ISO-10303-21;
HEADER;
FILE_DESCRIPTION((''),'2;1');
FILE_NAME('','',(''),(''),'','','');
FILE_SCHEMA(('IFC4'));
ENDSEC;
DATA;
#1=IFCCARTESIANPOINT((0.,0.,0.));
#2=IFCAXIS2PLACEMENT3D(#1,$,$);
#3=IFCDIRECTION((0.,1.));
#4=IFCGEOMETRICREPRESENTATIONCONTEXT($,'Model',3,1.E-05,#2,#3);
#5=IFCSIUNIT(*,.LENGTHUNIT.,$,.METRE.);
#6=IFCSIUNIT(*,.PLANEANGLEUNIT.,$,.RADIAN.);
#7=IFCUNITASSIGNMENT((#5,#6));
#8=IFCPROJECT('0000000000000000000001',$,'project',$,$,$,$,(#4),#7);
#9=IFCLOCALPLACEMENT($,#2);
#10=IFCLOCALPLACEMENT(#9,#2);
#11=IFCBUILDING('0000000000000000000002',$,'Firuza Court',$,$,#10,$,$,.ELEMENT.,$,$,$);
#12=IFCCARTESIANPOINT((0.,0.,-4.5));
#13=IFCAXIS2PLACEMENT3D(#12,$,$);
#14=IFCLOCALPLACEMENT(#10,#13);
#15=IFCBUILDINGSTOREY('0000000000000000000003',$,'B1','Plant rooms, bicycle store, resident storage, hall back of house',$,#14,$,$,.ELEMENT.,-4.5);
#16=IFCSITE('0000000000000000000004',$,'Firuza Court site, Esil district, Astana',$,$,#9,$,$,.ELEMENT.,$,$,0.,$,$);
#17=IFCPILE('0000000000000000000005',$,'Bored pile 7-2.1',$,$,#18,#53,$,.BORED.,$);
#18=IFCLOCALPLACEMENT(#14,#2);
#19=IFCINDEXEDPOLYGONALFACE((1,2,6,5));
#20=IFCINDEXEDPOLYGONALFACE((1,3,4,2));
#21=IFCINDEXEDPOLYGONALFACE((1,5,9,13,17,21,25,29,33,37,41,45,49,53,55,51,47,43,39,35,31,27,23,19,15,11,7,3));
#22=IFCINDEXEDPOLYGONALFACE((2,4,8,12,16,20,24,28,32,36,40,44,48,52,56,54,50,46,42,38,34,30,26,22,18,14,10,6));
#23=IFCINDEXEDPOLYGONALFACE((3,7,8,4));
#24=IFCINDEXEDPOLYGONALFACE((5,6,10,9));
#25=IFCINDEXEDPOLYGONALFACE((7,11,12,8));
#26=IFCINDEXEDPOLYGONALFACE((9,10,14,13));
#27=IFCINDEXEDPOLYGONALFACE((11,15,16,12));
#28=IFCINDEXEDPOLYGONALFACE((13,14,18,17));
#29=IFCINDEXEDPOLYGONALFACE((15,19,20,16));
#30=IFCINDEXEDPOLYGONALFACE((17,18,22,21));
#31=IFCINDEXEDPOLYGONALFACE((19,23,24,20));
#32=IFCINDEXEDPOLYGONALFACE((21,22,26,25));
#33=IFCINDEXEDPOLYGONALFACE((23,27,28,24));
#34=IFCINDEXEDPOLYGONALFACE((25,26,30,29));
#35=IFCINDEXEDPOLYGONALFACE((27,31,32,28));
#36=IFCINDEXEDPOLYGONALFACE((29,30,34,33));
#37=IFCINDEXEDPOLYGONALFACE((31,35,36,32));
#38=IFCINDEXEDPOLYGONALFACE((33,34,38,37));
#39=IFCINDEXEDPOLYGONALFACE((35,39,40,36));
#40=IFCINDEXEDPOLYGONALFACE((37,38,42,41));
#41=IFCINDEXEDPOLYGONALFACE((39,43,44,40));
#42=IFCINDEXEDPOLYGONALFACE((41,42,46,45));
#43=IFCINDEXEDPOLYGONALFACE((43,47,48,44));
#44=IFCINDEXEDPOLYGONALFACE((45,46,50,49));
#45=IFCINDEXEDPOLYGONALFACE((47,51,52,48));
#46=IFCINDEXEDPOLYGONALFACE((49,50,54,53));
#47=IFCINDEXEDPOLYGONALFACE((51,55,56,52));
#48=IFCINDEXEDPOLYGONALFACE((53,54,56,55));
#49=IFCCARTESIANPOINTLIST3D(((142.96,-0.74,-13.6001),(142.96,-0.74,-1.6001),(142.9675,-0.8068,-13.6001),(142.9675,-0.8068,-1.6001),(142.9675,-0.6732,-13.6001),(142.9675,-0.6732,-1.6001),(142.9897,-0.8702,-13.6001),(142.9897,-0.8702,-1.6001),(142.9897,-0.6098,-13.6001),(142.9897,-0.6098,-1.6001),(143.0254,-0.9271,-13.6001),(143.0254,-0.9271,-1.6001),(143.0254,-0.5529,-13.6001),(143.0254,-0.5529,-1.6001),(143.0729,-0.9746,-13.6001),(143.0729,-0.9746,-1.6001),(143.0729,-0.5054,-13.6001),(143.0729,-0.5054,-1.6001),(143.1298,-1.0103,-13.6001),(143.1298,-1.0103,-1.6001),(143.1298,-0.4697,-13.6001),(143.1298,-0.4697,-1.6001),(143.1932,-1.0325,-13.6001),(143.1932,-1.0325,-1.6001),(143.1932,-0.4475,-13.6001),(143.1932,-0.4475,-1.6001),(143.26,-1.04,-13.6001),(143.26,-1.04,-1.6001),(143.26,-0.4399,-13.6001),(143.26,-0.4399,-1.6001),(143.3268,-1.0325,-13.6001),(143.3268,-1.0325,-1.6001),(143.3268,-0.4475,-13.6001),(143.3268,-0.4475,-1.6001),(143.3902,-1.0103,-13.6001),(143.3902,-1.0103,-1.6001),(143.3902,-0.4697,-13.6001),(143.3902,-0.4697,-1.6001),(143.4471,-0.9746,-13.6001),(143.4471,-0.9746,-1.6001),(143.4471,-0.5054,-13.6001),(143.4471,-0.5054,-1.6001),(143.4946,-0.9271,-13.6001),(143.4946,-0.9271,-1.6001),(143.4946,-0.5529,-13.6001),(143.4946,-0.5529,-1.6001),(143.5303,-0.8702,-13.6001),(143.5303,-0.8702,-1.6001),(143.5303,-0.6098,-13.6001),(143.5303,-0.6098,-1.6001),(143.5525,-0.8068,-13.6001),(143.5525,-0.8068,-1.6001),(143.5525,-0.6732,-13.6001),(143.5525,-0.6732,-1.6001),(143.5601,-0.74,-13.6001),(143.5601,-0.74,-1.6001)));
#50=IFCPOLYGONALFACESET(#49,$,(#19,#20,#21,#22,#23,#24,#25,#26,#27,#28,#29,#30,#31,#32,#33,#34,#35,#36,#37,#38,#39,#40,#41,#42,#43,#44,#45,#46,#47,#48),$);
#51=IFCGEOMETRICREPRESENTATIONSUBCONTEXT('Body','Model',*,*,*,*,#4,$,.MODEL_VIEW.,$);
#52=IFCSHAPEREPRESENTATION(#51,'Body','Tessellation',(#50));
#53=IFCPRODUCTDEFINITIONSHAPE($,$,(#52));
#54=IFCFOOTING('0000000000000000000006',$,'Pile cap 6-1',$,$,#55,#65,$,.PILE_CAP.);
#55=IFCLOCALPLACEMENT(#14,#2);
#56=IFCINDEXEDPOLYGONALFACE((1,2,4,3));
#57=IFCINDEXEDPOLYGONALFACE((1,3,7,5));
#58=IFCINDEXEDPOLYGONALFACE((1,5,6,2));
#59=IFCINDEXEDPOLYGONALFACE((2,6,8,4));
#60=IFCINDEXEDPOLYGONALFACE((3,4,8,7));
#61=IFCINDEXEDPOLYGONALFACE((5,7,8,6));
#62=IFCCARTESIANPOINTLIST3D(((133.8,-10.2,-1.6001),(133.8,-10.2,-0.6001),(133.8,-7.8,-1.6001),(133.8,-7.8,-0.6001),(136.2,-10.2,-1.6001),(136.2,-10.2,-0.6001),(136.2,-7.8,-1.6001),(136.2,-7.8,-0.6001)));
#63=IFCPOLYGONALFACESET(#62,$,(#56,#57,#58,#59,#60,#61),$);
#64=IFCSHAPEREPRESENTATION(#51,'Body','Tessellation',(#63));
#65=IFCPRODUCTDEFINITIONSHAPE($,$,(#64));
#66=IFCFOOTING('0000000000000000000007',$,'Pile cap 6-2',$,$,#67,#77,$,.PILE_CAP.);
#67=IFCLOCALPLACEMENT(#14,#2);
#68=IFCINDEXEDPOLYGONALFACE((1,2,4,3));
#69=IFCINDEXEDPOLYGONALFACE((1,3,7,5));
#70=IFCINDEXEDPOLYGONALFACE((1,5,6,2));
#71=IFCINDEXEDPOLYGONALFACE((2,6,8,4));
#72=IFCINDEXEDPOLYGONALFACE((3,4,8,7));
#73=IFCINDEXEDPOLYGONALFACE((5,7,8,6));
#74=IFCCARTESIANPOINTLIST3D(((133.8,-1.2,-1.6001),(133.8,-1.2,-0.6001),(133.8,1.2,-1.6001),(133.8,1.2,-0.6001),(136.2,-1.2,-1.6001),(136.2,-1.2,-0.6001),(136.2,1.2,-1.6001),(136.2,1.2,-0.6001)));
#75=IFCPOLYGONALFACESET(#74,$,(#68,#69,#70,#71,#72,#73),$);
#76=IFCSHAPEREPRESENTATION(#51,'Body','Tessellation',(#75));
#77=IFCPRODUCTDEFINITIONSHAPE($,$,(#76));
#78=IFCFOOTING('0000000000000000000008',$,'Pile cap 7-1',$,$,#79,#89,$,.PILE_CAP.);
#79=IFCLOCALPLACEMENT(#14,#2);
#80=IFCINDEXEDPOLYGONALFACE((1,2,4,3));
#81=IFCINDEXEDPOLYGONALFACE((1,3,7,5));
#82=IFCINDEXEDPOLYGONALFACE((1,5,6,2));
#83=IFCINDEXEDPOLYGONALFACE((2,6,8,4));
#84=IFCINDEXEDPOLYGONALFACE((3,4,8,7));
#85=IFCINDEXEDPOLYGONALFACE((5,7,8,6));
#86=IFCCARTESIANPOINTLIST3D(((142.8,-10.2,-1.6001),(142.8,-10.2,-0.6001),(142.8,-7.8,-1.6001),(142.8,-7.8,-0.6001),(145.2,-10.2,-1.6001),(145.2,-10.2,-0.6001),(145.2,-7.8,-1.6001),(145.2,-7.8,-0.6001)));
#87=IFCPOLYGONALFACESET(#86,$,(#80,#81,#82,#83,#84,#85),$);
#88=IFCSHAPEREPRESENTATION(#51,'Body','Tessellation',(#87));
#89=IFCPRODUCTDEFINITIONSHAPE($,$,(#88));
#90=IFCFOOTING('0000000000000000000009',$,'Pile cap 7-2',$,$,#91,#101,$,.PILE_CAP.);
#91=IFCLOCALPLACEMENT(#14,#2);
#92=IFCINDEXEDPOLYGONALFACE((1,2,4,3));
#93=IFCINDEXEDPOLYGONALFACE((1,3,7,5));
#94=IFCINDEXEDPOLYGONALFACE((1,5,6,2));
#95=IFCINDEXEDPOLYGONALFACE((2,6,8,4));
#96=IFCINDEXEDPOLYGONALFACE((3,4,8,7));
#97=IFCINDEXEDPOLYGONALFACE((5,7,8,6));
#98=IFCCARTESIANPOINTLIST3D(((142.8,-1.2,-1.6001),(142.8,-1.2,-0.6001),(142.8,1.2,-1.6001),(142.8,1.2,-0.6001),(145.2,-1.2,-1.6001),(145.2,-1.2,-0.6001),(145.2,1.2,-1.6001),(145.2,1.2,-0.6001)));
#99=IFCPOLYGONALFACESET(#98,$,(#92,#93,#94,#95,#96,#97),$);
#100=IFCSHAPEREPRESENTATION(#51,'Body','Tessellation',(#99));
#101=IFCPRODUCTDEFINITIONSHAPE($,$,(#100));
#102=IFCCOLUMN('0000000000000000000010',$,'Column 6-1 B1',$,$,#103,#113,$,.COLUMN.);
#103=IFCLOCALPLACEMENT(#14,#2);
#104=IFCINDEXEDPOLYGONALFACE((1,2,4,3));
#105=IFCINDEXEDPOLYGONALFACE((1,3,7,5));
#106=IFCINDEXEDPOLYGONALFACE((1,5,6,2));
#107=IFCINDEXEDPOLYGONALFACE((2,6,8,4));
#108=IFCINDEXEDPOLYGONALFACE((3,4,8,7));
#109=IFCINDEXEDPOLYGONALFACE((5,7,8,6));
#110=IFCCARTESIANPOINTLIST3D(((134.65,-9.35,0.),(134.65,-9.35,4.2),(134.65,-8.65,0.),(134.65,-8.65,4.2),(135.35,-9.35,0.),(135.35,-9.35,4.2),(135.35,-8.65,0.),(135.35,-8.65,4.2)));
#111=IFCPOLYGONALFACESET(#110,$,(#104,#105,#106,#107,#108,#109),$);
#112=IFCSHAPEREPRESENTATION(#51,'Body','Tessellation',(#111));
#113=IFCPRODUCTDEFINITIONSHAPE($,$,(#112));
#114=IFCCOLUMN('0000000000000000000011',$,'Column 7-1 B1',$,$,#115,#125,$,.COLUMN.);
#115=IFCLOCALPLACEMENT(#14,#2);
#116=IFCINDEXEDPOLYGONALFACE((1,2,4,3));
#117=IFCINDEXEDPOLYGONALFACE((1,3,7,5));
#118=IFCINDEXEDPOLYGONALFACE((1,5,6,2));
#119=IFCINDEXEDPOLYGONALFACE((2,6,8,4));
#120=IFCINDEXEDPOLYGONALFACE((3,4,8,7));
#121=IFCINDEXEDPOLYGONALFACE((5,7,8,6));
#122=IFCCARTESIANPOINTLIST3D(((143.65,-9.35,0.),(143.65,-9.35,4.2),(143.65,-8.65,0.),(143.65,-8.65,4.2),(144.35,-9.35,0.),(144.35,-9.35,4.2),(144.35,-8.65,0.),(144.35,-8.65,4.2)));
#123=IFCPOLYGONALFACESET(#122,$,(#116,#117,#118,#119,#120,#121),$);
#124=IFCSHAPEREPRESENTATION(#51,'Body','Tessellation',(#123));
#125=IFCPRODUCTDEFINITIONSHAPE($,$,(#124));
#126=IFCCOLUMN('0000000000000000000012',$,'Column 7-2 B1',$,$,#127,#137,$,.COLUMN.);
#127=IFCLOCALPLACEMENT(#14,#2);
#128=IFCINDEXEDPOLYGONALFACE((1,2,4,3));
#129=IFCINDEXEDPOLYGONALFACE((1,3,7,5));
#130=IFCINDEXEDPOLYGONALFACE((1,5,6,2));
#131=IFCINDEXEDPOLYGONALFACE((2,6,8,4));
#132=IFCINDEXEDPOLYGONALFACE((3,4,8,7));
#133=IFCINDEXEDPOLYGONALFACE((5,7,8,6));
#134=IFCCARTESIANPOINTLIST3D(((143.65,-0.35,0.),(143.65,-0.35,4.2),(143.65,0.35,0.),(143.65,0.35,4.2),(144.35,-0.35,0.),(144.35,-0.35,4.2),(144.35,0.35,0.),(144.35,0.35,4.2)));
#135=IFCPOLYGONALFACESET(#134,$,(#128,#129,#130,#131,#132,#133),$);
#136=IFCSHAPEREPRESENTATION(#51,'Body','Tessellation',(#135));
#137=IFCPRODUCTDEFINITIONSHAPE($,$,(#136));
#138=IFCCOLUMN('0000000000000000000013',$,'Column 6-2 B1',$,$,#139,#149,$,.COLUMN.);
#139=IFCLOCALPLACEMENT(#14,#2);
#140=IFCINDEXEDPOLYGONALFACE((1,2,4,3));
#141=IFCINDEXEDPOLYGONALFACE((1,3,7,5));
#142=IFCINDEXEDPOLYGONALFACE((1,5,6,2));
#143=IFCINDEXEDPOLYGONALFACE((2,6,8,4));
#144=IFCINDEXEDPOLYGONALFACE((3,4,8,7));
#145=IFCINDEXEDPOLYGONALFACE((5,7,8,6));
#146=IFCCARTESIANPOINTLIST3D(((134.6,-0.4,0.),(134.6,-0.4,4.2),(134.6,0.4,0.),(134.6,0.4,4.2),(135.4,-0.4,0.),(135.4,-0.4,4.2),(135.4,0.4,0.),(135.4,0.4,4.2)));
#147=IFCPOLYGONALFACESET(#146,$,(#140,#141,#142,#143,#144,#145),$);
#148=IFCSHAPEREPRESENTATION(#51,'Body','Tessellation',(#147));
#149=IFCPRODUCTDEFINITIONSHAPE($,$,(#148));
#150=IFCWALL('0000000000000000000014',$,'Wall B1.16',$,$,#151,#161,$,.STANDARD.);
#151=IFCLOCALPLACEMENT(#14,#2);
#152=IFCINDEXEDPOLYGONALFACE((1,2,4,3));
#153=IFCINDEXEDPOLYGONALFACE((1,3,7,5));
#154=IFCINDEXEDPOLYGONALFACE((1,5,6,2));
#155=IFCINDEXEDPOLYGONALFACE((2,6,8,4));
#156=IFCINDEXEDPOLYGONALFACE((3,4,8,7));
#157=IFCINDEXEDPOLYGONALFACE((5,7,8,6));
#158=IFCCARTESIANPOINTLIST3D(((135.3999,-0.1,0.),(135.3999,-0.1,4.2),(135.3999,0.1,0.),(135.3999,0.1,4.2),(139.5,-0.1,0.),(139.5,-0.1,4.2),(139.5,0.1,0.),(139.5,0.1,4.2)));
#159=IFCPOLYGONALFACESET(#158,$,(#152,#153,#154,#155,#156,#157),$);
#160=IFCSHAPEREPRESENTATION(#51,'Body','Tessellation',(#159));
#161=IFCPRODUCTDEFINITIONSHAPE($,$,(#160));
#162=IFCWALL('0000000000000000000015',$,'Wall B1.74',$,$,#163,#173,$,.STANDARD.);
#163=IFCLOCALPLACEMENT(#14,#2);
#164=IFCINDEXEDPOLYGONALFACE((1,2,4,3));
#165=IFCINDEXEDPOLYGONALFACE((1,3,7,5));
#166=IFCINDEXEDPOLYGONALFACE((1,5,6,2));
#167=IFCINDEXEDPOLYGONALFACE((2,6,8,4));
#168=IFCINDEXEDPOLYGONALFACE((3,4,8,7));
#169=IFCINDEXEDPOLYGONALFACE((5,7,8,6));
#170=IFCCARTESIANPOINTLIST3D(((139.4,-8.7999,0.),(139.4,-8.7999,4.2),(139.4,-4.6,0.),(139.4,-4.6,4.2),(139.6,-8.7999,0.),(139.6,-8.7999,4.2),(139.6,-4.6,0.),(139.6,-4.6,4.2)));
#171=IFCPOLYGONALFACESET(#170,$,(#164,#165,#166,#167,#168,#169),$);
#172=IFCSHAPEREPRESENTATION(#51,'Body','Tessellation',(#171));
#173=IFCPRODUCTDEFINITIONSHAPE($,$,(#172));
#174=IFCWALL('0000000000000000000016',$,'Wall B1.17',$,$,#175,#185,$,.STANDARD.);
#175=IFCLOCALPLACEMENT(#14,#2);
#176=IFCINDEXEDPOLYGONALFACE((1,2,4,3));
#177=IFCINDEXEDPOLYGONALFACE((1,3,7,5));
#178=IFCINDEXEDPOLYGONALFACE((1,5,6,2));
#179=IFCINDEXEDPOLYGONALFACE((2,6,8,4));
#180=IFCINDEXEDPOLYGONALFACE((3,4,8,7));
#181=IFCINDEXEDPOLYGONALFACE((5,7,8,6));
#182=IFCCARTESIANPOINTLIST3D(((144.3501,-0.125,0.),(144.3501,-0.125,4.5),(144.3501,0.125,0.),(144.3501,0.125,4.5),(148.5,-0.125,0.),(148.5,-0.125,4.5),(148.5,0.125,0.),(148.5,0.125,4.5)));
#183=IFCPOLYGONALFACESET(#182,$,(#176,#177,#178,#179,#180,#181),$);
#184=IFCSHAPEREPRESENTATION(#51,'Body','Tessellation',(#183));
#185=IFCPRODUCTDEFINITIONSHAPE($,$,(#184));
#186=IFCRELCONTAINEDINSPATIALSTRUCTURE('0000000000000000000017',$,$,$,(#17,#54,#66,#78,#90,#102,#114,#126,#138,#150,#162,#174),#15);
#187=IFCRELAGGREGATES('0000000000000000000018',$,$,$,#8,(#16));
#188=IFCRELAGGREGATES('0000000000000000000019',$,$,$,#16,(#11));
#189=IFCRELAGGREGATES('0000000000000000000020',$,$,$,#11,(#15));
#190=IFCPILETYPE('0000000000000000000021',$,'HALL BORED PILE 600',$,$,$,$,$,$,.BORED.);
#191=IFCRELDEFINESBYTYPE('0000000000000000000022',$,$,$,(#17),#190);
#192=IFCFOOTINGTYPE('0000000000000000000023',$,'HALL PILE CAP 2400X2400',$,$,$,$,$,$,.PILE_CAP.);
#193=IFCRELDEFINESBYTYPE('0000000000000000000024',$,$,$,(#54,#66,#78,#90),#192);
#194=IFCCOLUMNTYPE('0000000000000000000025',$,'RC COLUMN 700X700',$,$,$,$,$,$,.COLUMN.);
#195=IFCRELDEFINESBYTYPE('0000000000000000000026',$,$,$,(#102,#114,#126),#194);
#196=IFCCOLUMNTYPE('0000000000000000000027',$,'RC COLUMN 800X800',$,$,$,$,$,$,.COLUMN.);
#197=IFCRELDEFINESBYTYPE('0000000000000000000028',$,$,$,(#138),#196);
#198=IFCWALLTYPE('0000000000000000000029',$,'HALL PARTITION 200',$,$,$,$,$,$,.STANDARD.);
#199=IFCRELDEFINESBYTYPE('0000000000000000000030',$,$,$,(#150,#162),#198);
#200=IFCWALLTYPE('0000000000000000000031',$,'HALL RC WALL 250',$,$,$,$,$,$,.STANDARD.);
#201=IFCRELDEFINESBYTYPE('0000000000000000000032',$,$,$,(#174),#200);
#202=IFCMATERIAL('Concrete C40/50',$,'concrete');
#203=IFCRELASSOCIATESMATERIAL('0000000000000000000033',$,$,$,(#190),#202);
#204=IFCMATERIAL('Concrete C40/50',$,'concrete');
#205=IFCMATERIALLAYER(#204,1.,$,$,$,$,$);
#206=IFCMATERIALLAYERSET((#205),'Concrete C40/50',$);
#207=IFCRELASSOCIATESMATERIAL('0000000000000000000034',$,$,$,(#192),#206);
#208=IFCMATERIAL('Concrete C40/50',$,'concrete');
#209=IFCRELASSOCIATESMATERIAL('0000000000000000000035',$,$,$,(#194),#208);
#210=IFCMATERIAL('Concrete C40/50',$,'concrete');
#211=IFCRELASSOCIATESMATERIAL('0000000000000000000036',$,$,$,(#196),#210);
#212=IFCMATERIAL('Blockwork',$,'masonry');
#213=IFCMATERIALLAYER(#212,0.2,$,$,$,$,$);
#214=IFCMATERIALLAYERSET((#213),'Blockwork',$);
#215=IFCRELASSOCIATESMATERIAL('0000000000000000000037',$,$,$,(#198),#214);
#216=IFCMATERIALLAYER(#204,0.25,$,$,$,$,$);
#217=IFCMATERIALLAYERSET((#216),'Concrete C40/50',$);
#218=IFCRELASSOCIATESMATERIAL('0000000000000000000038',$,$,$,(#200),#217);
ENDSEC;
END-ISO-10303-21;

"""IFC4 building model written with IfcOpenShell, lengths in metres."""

from ifc_helpers import new_model, si_unit, direction, frame, frame_2d, origin, origin_2d, place, context, subcontext, project, spatial, rectangle, circle, extrude, material, layer, layer_set, material_profile, profile_set, type_object, element, save


model = new_model("IFC4")

# Units and contexts
model_context = context("Model", 3, precision=1e-05, world=origin(), true_north=direction((0.0, 1.0)))
body_context = subcontext(model_context, "Body", "Model", "MODEL_VIEW")
ifc_project = project(units=[si_unit("LENGTHUNIT", "METRE"), si_unit("PLANEANGLEUNIT", "RADIAN")], contexts=[model_context])

# Site, building, storey
site_placement = place(None, origin())
site = spatial("IfcSite", under=ifc_project, at=site_placement, Name="Firuza Court site, Esil district, Astana", CompositionType="ELEMENT", RefElevation=0.0)
building_placement = place(site_placement, origin())
building = spatial("IfcBuilding", under=site, at=building_placement, Name="Firuza Court", CompositionType="ELEMENT")
storey_placement = place(building_placement, frame((0.0, 0.0, -4.5)))
storey = spatial("IfcBuildingStorey", under=building, at=storey_placement, Name="B1", Description="Plant rooms, bicycle store, resident storage, hall back of house", CompositionType="ELEMENT", Elevation=-4.5)

# Pile
ifc_material_1 = material(Name="Concrete C40/50", Category="concrete")
ifc_material_profile_1 = material_profile(ifc_material_1, circle(Radius=0.3, at=origin_2d()), Name="PILE 600")
ifc_profile_set_1 = profile_set([ifc_material_profile_1], Name="Concrete C40/50")
pile_type = type_object("IfcPileType", Name="HALL BORED PILE 600", PredefinedType="BORED", material=ifc_profile_set_1)
for number, where, z_axis, x_axis, name in (
    (1, (143.26, -0.74, -1.6001), (0.0, 0.0, -1.0), (1.0, 0.0, 0.0), "Bored pile 7-2.1"),
):
    element("IfcPile", number, at=place(storey_placement, frame(where, z_axis=z_axis, x_axis=x_axis)), inside=storey, type_object=pile_type, Name=name, PredefinedType="BORED", context=body_context, shape_type="SweptSolid", body=[
        extrude(circle(Radius=0.3, at=origin_2d()), origin(), (0.0, 0.0, 1.0), 12.0),
    ])

# Footings
ifc_material_2 = material(Name="Concrete C40/50", Category="concrete")
ifc_layer_1 = layer(ifc_material_2, 1.0)
ifc_layer_set_1 = layer_set([ifc_layer_1], Name="Concrete C40/50")
footing_type = type_object("IfcFootingType", Name="HALL PILE CAP 2400X2400", PredefinedType="PILE_CAP", material=ifc_layer_set_1)
for number, where, z_axis, x_axis, name in (
    (2, (135.0, -9.0, -1.6001), (0.0, 0.0, 1.0), (1.0, 0.0, 0.0), "Pile cap 6-1"),
    (3, (135.0, 0.0, -1.6001), (0.0, 0.0, 1.0), (1.0, 0.0, 0.0), "Pile cap 6-2"),
    (4, (144.0, -9.0, -1.6001), (0.0, 0.0, 1.0), (1.0, 0.0, 0.0), "Pile cap 7-1"),
    (5, (144.0, 0.0, -1.6001), (0.0, 0.0, 1.0), (1.0, 0.0, 0.0), "Pile cap 7-2"),
):
    element("IfcFooting", number, at=place(storey_placement, frame(where, z_axis=z_axis, x_axis=x_axis)), inside=storey, type_object=footing_type, Name=name, PredefinedType="PILE_CAP", context=body_context, shape_type="SweptSolid", body=[
        extrude(rectangle(XDim=2.3999, YDim=2.3999, at=origin_2d()), origin(), (0.0, 0.0, 1.0), 1.0),
    ])

# Columns
ifc_material_3 = material(Name="Concrete C40/50", Category="concrete")
ifc_material_profile_2 = material_profile(ifc_material_3, rectangle(XDim=0.7, YDim=0.7, at=origin_2d()), Name="RC 700X700")
ifc_profile_set_2 = profile_set([ifc_material_profile_2], Name="Concrete C40/50")
column_type_1 = type_object("IfcColumnType", Name="RC COLUMN 700X700", PredefinedType="COLUMN", material=ifc_profile_set_2)
for number, where, z_axis, x_axis, name in (
    (6, (135.0, -9.0, 0.0), (0.0, 0.0, 1.0), (1.0, 0.0, 0.0), "Column 6-1 B1"),
    (7, (144.0, -9.0, 0.0), (0.0, 0.0, 1.0), (1.0, 0.0, 0.0), "Column 7-1 B1"),
    (8, (144.0, 0.0, 0.0), (0.0, 0.0, 1.0), (1.0, 0.0, 0.0), "Column 7-2 B1"),
):
    element("IfcColumn", number, at=place(storey_placement, frame(where, z_axis=z_axis, x_axis=x_axis)), inside=storey, type_object=column_type_1, Name=name, PredefinedType="COLUMN", context=body_context, shape_type="SweptSolid", body=[
        extrude(rectangle(XDim=0.7, YDim=0.7, at=origin_2d()), origin(), (0.0, 0.0, 1.0), 4.2),
    ])
ifc_material_4 = material(Name="Concrete C40/50", Category="concrete")
ifc_material_profile_3 = material_profile(ifc_material_4, rectangle(XDim=0.8, YDim=0.8, at=origin_2d()), Name="RC 800X800")
ifc_profile_set_3 = profile_set([ifc_material_profile_3], Name="Concrete C40/50")
column_type_2 = type_object("IfcColumnType", Name="RC COLUMN 800X800", PredefinedType="COLUMN", material=ifc_profile_set_3)
column_placement = place(storey_placement, frame((135.0, 0.0, 0.0), z_axis=(0.0, 0.0, 1.0), x_axis=(1.0, 0.0, 0.0)))
element("IfcColumn", 9, at=column_placement, inside=storey, type_object=column_type_2, Name="Column 6-2 B1", PredefinedType="COLUMN", context=body_context, shape_type="SweptSolid", body=[
    extrude(rectangle(XDim=0.8, YDim=0.8, at=origin_2d()), origin(), (0.0, 0.0, 1.0), 4.2),
])

# Walls
ifc_material_5 = material(Name="Blockwork", Category="masonry")
ifc_layer_2 = layer(ifc_material_5, 0.2)
ifc_layer_set_2 = layer_set([ifc_layer_2], Name="Blockwork")
wall_type_1 = type_object("IfcWallType", Name="HALL PARTITION 200", PredefinedType="STANDARD", material=ifc_layer_set_2)
wall_1_placement = place(storey_placement, frame((135.3999, 0.0, 0.0), z_axis=(0.0, 0.0, 1.0), x_axis=(1.0, 0.0, 0.0)))
element("IfcWall", 10, at=wall_1_placement, inside=storey, type_object=wall_type_1, Name="Wall B1.16", PredefinedType="STANDARD", context=body_context, shape_type="SweptSolid", body=[
    extrude(rectangle(XDim=4.1001, YDim=0.2, at=frame_2d((2.05, 0.0))), origin(), (0.0, 0.0, 1.0), 4.2),
])
wall_2_placement = place(storey_placement, frame((139.5, -8.8, 0.0), z_axis=(0.0, 0.0, 1.0), x_axis=(0.0, 1.0, 0.0)))
element("IfcWall", 11, at=wall_2_placement, inside=storey, type_object=wall_type_1, Name="Wall B1.74", PredefinedType="STANDARD", context=body_context, shape_type="SweptSolid", body=[
    extrude(rectangle(XDim=4.2, YDim=0.2, at=frame_2d((2.1001, 0.0))), origin(), (0.0, 0.0, 1.0), 4.2),
])
ifc_layer_3 = layer(ifc_material_2, 0.25)
ifc_layer_set_3 = layer_set([ifc_layer_3], Name="Concrete C40/50")
wall_type_2 = type_object("IfcWallType", Name="HALL RC WALL 250", PredefinedType="STANDARD", material=ifc_layer_set_3)
wall_3_placement = place(storey_placement, frame((144.3501, 0.0, 0.0), z_axis=(0.0, 0.0, 1.0), x_axis=(1.0, 0.0, 0.0)))
element("IfcWall", 12, at=wall_3_placement, inside=storey, type_object=wall_type_2, Name="Wall B1.17", PredefinedType="STANDARD", context=body_context, shape_type="SweptSolid", body=[
    extrude(rectangle(XDim=4.1499, YDim=0.25, at=frame_2d((2.075, 0.0))), origin(), (0.0, 0.0, 1.0), 4.5),
])

save(model, "model.ifc")
